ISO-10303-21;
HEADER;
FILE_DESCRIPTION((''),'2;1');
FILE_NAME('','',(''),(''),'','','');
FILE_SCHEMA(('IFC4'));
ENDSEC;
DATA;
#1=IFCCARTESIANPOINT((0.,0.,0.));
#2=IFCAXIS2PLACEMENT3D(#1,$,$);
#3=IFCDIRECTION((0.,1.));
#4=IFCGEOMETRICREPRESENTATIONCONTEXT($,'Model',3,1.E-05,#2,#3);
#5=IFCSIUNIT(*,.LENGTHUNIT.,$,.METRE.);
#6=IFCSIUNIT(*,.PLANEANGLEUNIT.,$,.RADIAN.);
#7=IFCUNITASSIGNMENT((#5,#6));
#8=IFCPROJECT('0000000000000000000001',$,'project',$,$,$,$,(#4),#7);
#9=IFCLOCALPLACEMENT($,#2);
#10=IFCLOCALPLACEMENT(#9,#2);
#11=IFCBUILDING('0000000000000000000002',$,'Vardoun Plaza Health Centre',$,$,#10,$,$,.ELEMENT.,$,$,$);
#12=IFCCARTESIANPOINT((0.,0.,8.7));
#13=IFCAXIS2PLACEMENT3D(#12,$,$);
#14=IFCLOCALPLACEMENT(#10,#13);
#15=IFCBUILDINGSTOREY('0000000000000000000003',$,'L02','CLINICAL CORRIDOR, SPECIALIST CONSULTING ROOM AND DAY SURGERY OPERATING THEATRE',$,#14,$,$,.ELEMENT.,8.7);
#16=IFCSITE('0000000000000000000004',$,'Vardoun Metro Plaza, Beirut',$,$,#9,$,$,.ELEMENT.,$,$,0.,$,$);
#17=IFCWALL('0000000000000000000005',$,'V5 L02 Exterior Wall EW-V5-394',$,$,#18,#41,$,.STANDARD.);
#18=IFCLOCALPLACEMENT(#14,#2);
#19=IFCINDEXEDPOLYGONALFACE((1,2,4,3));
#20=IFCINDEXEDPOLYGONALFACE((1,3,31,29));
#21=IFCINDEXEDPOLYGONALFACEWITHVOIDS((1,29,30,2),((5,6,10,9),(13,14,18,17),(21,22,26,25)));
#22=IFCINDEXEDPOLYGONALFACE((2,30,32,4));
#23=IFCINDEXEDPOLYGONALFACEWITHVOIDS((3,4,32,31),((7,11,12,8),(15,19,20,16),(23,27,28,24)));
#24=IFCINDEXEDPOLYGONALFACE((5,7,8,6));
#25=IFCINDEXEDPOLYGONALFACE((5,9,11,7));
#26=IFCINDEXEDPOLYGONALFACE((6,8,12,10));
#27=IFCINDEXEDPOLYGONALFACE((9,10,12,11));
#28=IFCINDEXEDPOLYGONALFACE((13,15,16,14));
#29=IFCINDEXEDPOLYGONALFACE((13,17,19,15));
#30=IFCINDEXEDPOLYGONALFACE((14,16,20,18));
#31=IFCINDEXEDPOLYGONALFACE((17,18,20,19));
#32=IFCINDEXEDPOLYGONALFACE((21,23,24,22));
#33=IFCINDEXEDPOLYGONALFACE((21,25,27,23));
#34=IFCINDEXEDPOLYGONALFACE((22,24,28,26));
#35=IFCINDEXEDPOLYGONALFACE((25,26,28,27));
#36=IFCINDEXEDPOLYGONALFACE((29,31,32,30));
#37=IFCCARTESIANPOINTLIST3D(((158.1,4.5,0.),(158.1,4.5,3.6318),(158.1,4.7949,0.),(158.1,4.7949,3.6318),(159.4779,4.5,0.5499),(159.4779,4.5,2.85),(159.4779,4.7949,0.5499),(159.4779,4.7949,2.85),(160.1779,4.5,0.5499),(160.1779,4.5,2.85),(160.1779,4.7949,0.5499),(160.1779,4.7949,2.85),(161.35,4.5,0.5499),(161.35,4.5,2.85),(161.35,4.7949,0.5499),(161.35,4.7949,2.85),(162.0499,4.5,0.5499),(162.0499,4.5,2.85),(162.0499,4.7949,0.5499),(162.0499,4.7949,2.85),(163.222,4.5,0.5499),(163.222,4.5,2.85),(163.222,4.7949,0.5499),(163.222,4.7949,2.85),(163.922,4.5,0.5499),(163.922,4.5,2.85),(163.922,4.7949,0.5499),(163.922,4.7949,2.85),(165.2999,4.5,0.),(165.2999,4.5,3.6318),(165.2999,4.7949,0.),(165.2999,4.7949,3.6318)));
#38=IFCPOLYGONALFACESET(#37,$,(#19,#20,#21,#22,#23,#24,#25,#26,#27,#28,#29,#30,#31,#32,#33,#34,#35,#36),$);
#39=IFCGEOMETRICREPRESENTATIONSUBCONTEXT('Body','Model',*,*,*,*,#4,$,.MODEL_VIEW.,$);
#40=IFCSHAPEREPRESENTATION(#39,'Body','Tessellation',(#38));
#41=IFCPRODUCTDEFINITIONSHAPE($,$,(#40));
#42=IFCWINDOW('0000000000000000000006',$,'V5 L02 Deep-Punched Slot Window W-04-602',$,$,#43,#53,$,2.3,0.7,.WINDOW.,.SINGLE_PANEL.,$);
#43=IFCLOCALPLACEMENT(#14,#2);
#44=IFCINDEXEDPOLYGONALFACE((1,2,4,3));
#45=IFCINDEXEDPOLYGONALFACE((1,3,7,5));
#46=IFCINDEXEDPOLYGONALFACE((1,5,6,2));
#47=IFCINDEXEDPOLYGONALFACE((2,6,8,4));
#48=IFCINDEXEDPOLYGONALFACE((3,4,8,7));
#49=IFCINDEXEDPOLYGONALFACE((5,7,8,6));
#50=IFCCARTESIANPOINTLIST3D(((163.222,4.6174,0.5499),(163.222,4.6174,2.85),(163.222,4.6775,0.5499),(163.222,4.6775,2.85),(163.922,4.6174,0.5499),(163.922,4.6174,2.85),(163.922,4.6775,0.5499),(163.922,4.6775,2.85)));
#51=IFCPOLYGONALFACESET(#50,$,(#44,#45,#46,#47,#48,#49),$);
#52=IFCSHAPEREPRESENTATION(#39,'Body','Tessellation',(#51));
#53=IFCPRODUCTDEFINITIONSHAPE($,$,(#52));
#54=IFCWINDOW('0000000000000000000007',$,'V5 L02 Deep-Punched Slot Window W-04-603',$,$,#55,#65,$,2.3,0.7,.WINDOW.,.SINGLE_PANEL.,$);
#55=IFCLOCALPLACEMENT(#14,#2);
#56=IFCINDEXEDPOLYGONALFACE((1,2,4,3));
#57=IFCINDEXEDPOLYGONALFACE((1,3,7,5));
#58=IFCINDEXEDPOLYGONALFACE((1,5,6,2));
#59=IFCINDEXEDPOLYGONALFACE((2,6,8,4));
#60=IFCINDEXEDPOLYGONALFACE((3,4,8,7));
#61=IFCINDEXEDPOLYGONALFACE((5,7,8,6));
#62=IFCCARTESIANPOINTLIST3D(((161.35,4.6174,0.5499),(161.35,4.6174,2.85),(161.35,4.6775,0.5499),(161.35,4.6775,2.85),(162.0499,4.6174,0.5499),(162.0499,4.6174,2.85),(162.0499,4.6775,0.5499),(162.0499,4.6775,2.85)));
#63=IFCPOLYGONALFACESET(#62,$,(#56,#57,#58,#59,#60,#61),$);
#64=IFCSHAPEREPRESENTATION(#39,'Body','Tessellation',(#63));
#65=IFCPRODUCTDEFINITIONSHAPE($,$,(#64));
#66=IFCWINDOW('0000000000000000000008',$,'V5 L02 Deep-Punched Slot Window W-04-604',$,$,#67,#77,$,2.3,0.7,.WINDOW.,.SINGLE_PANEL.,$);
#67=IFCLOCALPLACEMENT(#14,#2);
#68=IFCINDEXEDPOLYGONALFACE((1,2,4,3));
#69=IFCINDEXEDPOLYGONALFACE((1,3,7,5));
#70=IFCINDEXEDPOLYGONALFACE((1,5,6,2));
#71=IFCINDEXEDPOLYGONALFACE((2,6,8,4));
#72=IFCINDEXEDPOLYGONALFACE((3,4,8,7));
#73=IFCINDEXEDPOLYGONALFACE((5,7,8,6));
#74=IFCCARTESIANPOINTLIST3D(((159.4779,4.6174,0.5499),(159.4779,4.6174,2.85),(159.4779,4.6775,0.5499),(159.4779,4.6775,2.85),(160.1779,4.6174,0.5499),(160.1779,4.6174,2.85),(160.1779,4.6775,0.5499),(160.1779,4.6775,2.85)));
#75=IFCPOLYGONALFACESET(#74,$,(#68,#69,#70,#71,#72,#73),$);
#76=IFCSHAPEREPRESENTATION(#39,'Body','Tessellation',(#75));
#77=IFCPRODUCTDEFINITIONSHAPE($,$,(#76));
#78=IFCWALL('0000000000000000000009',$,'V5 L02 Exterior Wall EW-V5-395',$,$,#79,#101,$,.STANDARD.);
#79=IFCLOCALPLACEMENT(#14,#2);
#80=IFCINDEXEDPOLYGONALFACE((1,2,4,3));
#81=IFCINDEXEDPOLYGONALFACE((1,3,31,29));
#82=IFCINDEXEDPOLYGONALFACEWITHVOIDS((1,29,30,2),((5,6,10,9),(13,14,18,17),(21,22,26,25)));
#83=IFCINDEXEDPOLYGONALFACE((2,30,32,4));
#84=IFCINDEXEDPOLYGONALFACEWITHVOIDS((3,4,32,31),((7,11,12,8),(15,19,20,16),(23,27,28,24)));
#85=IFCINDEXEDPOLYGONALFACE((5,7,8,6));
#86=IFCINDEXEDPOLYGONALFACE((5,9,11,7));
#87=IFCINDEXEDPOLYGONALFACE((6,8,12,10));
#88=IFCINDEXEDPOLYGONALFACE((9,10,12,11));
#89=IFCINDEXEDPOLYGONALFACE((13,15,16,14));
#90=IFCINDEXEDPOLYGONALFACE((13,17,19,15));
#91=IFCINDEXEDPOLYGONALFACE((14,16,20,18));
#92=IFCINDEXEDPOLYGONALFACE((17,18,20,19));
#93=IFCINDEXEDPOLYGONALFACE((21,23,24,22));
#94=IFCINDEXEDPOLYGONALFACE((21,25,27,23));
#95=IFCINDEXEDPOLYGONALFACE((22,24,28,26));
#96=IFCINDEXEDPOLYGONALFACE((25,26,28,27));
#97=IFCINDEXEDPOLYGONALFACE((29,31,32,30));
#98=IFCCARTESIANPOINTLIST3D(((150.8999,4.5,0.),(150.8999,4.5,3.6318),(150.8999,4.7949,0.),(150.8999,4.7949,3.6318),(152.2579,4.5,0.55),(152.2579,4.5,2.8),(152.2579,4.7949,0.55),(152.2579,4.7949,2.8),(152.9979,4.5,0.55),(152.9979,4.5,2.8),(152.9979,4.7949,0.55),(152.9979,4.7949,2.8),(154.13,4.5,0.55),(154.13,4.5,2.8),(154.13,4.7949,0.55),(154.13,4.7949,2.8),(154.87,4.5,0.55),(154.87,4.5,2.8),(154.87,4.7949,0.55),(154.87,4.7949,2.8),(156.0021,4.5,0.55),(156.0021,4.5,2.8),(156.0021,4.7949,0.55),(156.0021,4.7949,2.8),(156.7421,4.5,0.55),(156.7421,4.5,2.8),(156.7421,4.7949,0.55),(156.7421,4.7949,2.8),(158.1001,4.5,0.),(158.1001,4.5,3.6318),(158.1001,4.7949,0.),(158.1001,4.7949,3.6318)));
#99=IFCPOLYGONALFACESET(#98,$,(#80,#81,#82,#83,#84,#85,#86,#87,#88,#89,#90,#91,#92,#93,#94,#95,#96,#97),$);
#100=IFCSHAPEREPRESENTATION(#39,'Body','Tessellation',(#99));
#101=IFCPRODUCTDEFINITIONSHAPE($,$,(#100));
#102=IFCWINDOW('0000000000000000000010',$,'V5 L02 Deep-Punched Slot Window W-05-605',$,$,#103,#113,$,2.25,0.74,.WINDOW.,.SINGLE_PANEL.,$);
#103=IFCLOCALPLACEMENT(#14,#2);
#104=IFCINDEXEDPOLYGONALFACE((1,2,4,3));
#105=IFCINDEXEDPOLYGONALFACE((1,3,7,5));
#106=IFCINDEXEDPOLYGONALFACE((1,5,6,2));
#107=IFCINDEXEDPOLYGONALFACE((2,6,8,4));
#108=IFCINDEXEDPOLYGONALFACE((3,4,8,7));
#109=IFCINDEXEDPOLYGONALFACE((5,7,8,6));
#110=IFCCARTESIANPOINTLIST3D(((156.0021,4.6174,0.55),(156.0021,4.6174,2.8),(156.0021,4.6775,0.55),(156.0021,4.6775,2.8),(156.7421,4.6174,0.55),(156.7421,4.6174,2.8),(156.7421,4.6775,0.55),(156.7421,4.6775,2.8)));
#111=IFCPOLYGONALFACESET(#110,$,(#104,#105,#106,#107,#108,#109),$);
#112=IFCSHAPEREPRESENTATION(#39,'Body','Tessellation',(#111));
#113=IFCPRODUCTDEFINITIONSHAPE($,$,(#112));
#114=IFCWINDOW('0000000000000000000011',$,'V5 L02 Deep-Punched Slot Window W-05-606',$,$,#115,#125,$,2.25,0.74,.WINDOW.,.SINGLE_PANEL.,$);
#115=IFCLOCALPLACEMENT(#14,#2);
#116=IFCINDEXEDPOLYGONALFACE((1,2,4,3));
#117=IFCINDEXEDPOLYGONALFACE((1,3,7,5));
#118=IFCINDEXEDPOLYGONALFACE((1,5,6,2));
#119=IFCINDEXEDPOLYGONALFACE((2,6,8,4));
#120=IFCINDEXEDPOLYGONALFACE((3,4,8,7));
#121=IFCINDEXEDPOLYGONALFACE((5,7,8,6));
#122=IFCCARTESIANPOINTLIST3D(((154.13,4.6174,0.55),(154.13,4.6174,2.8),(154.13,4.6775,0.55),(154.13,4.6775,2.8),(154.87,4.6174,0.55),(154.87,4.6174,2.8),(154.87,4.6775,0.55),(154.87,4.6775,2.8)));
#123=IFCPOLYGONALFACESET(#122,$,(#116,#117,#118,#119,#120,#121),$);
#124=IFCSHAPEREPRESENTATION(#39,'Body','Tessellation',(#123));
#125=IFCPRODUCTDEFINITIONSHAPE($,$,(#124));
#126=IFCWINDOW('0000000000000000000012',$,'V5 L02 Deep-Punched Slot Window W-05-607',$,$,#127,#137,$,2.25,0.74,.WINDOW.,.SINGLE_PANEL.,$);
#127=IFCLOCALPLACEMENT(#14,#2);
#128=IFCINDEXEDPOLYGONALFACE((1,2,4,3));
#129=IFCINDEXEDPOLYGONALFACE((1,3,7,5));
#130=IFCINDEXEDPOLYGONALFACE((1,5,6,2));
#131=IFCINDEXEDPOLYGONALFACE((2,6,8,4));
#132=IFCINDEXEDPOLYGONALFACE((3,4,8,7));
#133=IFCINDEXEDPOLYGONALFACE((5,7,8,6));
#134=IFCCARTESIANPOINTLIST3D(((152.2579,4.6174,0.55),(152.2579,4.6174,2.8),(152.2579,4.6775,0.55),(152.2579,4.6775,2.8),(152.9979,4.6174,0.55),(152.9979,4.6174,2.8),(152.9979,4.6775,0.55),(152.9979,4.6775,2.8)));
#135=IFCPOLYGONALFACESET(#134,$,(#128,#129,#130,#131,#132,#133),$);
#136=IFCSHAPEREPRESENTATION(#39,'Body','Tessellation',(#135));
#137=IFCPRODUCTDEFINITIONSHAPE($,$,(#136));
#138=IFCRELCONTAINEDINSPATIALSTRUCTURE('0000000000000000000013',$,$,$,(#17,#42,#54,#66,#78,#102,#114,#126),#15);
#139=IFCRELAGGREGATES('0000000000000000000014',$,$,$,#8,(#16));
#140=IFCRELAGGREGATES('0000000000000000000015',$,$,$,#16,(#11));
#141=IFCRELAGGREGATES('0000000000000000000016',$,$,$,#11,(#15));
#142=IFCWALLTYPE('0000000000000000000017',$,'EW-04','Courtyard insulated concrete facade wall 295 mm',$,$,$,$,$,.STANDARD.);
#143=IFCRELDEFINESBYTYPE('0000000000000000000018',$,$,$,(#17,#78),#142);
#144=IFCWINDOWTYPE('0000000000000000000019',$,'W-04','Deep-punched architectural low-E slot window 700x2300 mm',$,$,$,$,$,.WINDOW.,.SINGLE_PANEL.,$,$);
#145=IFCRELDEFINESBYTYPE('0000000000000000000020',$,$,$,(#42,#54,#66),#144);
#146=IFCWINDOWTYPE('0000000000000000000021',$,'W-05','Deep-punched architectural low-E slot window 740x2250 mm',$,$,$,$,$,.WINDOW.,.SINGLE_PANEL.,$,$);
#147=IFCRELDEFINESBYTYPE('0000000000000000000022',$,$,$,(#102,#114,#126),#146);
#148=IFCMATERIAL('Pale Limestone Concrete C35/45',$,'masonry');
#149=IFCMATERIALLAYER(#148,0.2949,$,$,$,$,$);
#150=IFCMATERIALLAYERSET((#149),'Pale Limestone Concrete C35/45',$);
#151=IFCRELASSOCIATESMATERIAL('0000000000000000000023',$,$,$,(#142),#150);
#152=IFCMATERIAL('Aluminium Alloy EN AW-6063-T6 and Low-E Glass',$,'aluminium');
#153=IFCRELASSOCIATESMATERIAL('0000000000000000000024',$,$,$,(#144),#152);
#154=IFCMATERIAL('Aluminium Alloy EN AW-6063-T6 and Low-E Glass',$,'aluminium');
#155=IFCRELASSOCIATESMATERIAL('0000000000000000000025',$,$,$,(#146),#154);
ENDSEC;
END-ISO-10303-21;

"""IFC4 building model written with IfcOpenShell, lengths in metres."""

from ifc_helpers import new_model, si_unit, direction, frame, frame_2d, origin, place, context, subcontext, project, spatial, rectangle, extrude, material, layer, layer_set, type_object, element, fill, save


model = new_model("IFC4")

# Units and contexts
model_context = context("Model", 3, precision=1e-05, world=origin(), true_north=direction((0.0, 1.0)))
body_context = subcontext(model_context, "Body", "Model", "MODEL_VIEW")
ifc_project = project(units=[si_unit("LENGTHUNIT", "METRE"), si_unit("PLANEANGLEUNIT", "RADIAN")], contexts=[model_context])

# Site, building, storey
site_placement = place(None, origin())
site = spatial("IfcSite", under=ifc_project, at=site_placement, Name="Vardoun Metro Plaza, Beirut", CompositionType="ELEMENT", RefElevation=0.0)
building_placement = place(site_placement, origin())
building = spatial("IfcBuilding", under=site, at=building_placement, Name="Vardoun Plaza Health Centre", CompositionType="ELEMENT")
storey_placement = place(building_placement, frame((0.0, 0.0, 8.7)))
storey = spatial("IfcBuildingStorey", under=building, at=storey_placement, Name="L02", Description="CLINICAL CORRIDOR, SPECIALIST CONSULTING ROOM AND DAY SURGERY OPERATING THEATRE", CompositionType="ELEMENT", Elevation=8.7)

# Walls, openings, windows
ifc_material_1 = material(Name="Pale Limestone Concrete C35/45", Category="masonry")
ifc_layer_1 = layer(ifc_material_1, 0.2949)
ifc_layer_set_1 = layer_set([ifc_layer_1], Name="Pale Limestone Concrete C35/45")
wall_type_1 = type_object("IfcWallType", Name="EW-04", Description="Courtyard insulated concrete facade wall 295 mm", PredefinedType="STANDARD", material=ifc_layer_set_1)
wall_1_placement = place(storey_placement, frame((165.3, 4.6475, 0.0), z_axis=(0.0, 0.0, 1.0), x_axis=(-1.0, 0.0, 0.0)))
wall_1 = element("IfcWall", 1, at=wall_1_placement, inside=storey, type_object=wall_type_1, Name="V5 L02 Exterior Wall EW-V5-394", PredefinedType="STANDARD", context=body_context, shape_type="SweptSolid", body=[
    extrude(rectangle(XDim=7.2, YDim=0.2949, at=frame_2d((3.6001, 0.0))), origin(), (0.0, 0.0, 1.0), 3.6318),
])
opening_1_placement = place(wall_1_placement, frame((1.3779, 0.0, 0.55)))
opening_1 = element("IfcOpeningElement", 2, at=opening_1_placement, cuts=wall_1, PredefinedType="OPENING", context=body_context, shape_type="SweptSolid", body=[
    extrude(rectangle(XDim=0.7, YDim=2.3, at=frame_2d((0.3501, 1.1499))), frame((0.0, 0.1475, 0.0), z_axis=(0.0, -1.0, 0.0), x_axis=(1.0, 0.0, 0.0)), (0.0, 0.0, 1.0), 0.2949),
])
opening_2_placement = place(wall_1_placement, frame((3.25, 0.0, 0.55)))
opening_2 = element("IfcOpeningElement", 3, at=opening_2_placement, cuts=wall_1, PredefinedType="OPENING", context=body_context, shape_type="SweptSolid", body=[
    extrude(rectangle(XDim=0.7, YDim=2.3, at=frame_2d((0.3501, 1.1499))), frame((0.0, 0.1475, 0.0), z_axis=(0.0, -1.0, 0.0), x_axis=(1.0, 0.0, 0.0)), (0.0, 0.0, 1.0), 0.2949),
])
opening_3_placement = place(wall_1_placement, frame((5.1221, 0.0, 0.55)))
opening_3 = element("IfcOpeningElement", 4, at=opening_3_placement, cuts=wall_1, PredefinedType="OPENING", context=body_context, shape_type="SweptSolid", body=[
    extrude(rectangle(XDim=0.7, YDim=2.3, at=frame_2d((0.3501, 1.1499))), frame((0.0, 0.1475, 0.0), z_axis=(0.0, -1.0, 0.0), x_axis=(1.0, 0.0, 0.0)), (0.0, 0.0, 1.0), 0.2949),
])
ifc_material_2 = material(Name="Aluminium Alloy EN AW-6063-T6 and Low-E Glass", Category="aluminium")
window_type_1 = type_object("IfcWindowType", Name="W-04", Description="Deep-punched architectural low-E slot window 700x2300 mm", PartitioningType="SINGLE_PANEL", PredefinedType="WINDOW", material=ifc_material_2)
window_1_placement = place(opening_1_placement, origin())
window_1 = element("IfcWindow", 5, at=window_1_placement, inside=storey, type_object=window_type_1, Name="V5 L02 Deep-Punched Slot Window W-04-602", OverallHeight=2.3, OverallWidth=0.7, PartitioningType="SINGLE_PANEL", PredefinedType="WINDOW", context=body_context, shape_type="SweptSolid", body=[
    extrude(rectangle(XDim=0.7, YDim=2.3, at=frame_2d((0.3501, 1.1499))), frame((0.0, 0.03, 0.0), z_axis=(0.0, -1.0, 0.0), x_axis=(1.0, 0.0, 0.0)), (0.0, 0.0, 1.0), 0.0601),
])
fill(opening_1, window_1)
window_2_placement = place(opening_2_placement, origin())
window_2 = element("IfcWindow", 6, at=window_2_placement, inside=storey, type_object=window_type_1, Name="V5 L02 Deep-Punched Slot Window W-04-603", OverallHeight=2.3, OverallWidth=0.7, PartitioningType="SINGLE_PANEL", PredefinedType="WINDOW", context=body_context, shape_type="SweptSolid", body=[
    extrude(rectangle(XDim=0.7, YDim=2.3, at=frame_2d((0.3501, 1.1499))), frame((0.0, 0.03, 0.0), z_axis=(0.0, -1.0, 0.0), x_axis=(1.0, 0.0, 0.0)), (0.0, 0.0, 1.0), 0.0601),
])
fill(opening_2, window_2)
window_3_placement = place(opening_3_placement, origin())
window_3 = element("IfcWindow", 7, at=window_3_placement, inside=storey, type_object=window_type_1, Name="V5 L02 Deep-Punched Slot Window W-04-604", OverallHeight=2.3, OverallWidth=0.7, PartitioningType="SINGLE_PANEL", PredefinedType="WINDOW", context=body_context, shape_type="SweptSolid", body=[
    extrude(rectangle(XDim=0.7, YDim=2.3, at=frame_2d((0.3501, 1.1499))), frame((0.0, 0.03, 0.0), z_axis=(0.0, -1.0, 0.0), x_axis=(1.0, 0.0, 0.0)), (0.0, 0.0, 1.0), 0.0601),
])
fill(opening_3, window_3)
wall_2_placement = place(storey_placement, frame((158.1001, 4.6475, 0.0), z_axis=(0.0, 0.0, 1.0), x_axis=(-1.0, 0.0, 0.0)))
wall_2 = element("IfcWall", 8, at=wall_2_placement, inside=storey, type_object=wall_type_1, Name="V5 L02 Exterior Wall EW-V5-395", PredefinedType="STANDARD", context=body_context, shape_type="SweptSolid", body=[
    extrude(rectangle(XDim=7.2002, YDim=0.2949, at=frame_2d((3.6001, 0.0))), origin(), (0.0, 0.0, 1.0), 3.6318),
])
opening_4_placement = place(wall_2_placement, frame((1.3579, 0.0, 0.55)))
opening_4 = element("IfcOpeningElement", 9, at=opening_4_placement, cuts=wall_2, PredefinedType="OPENING", context=body_context, shape_type="SweptSolid", body=[
    extrude(rectangle(XDim=0.74, YDim=2.25, at=frame_2d((0.3701, 1.125))), frame((0.0, 0.1475, 0.0), z_axis=(0.0, -1.0, 0.0), x_axis=(1.0, 0.0, 0.0)), (0.0, 0.0, 1.0), 0.2949),
])
opening_5_placement = place(wall_2_placement, frame((3.23, 0.0, 0.55)))
opening_5 = element("IfcOpeningElement", 10, at=opening_5_placement, cuts=wall_2, PredefinedType="OPENING", context=body_context, shape_type="SweptSolid", body=[
    extrude(rectangle(XDim=0.74, YDim=2.25, at=frame_2d((0.3701, 1.125))), frame((0.0, 0.1475, 0.0), z_axis=(0.0, -1.0, 0.0), x_axis=(1.0, 0.0, 0.0)), (0.0, 0.0, 1.0), 0.2949),
])
opening_6_placement = place(wall_2_placement, frame((5.1021, 0.0, 0.55)))
opening_6 = element("IfcOpeningElement", 11, at=opening_6_placement, cuts=wall_2, PredefinedType="OPENING", context=body_context, shape_type="SweptSolid", body=[
    extrude(rectangle(XDim=0.74, YDim=2.25, at=frame_2d((0.3701, 1.125))), frame((0.0, 0.1475, 0.0), z_axis=(0.0, -1.0, 0.0), x_axis=(1.0, 0.0, 0.0)), (0.0, 0.0, 1.0), 0.2949),
])
ifc_material_3 = material(Name="Aluminium Alloy EN AW-6063-T6 and Low-E Glass", Category="aluminium")
window_type_2 = type_object("IfcWindowType", Name="W-05", Description="Deep-punched architectural low-E slot window 740x2250 mm", PartitioningType="SINGLE_PANEL", PredefinedType="WINDOW", material=ifc_material_3)
window_4_placement = place(opening_4_placement, origin())
window_4 = element("IfcWindow", 12, at=window_4_placement, inside=storey, type_object=window_type_2, Name="V5 L02 Deep-Punched Slot Window W-05-605", OverallHeight=2.25, OverallWidth=0.74, PartitioningType="SINGLE_PANEL", PredefinedType="WINDOW", context=body_context, shape_type="SweptSolid", body=[
    extrude(rectangle(XDim=0.74, YDim=2.25, at=frame_2d((0.3701, 1.125))), frame((0.0, 0.03, 0.0), z_axis=(0.0, -1.0, 0.0), x_axis=(1.0, 0.0, 0.0)), (0.0, 0.0, 1.0), 0.0601),
])
fill(opening_4, window_4)
window_5_placement = place(opening_5_placement, origin())
window_5 = element("IfcWindow", 13, at=window_5_placement, inside=storey, type_object=window_type_2, Name="V5 L02 Deep-Punched Slot Window W-05-606", OverallHeight=2.25, OverallWidth=0.74, PartitioningType="SINGLE_PANEL", PredefinedType="WINDOW", context=body_context, shape_type="SweptSolid", body=[
    extrude(rectangle(XDim=0.74, YDim=2.25, at=frame_2d((0.3701, 1.125))), frame((0.0, 0.03, 0.0), z_axis=(0.0, -1.0, 0.0), x_axis=(1.0, 0.0, 0.0)), (0.0, 0.0, 1.0), 0.0601),
])
fill(opening_5, window_5)
window_6_placement = place(opening_6_placement, origin())
window_6 = element("IfcWindow", 14, at=window_6_placement, inside=storey, type_object=window_type_2, Name="V5 L02 Deep-Punched Slot Window W-05-607", OverallHeight=2.25, OverallWidth=0.74, PartitioningType="SINGLE_PANEL", PredefinedType="WINDOW", context=body_context, shape_type="SweptSolid", body=[
    extrude(rectangle(XDim=0.74, YDim=2.25, at=frame_2d((0.3701, 1.125))), frame((0.0, 0.03, 0.0), z_axis=(0.0, -1.0, 0.0), x_axis=(1.0, 0.0, 0.0)), (0.0, 0.0, 1.0), 0.0601),
])
fill(opening_6, window_6)

save(model, "model.ifc")
